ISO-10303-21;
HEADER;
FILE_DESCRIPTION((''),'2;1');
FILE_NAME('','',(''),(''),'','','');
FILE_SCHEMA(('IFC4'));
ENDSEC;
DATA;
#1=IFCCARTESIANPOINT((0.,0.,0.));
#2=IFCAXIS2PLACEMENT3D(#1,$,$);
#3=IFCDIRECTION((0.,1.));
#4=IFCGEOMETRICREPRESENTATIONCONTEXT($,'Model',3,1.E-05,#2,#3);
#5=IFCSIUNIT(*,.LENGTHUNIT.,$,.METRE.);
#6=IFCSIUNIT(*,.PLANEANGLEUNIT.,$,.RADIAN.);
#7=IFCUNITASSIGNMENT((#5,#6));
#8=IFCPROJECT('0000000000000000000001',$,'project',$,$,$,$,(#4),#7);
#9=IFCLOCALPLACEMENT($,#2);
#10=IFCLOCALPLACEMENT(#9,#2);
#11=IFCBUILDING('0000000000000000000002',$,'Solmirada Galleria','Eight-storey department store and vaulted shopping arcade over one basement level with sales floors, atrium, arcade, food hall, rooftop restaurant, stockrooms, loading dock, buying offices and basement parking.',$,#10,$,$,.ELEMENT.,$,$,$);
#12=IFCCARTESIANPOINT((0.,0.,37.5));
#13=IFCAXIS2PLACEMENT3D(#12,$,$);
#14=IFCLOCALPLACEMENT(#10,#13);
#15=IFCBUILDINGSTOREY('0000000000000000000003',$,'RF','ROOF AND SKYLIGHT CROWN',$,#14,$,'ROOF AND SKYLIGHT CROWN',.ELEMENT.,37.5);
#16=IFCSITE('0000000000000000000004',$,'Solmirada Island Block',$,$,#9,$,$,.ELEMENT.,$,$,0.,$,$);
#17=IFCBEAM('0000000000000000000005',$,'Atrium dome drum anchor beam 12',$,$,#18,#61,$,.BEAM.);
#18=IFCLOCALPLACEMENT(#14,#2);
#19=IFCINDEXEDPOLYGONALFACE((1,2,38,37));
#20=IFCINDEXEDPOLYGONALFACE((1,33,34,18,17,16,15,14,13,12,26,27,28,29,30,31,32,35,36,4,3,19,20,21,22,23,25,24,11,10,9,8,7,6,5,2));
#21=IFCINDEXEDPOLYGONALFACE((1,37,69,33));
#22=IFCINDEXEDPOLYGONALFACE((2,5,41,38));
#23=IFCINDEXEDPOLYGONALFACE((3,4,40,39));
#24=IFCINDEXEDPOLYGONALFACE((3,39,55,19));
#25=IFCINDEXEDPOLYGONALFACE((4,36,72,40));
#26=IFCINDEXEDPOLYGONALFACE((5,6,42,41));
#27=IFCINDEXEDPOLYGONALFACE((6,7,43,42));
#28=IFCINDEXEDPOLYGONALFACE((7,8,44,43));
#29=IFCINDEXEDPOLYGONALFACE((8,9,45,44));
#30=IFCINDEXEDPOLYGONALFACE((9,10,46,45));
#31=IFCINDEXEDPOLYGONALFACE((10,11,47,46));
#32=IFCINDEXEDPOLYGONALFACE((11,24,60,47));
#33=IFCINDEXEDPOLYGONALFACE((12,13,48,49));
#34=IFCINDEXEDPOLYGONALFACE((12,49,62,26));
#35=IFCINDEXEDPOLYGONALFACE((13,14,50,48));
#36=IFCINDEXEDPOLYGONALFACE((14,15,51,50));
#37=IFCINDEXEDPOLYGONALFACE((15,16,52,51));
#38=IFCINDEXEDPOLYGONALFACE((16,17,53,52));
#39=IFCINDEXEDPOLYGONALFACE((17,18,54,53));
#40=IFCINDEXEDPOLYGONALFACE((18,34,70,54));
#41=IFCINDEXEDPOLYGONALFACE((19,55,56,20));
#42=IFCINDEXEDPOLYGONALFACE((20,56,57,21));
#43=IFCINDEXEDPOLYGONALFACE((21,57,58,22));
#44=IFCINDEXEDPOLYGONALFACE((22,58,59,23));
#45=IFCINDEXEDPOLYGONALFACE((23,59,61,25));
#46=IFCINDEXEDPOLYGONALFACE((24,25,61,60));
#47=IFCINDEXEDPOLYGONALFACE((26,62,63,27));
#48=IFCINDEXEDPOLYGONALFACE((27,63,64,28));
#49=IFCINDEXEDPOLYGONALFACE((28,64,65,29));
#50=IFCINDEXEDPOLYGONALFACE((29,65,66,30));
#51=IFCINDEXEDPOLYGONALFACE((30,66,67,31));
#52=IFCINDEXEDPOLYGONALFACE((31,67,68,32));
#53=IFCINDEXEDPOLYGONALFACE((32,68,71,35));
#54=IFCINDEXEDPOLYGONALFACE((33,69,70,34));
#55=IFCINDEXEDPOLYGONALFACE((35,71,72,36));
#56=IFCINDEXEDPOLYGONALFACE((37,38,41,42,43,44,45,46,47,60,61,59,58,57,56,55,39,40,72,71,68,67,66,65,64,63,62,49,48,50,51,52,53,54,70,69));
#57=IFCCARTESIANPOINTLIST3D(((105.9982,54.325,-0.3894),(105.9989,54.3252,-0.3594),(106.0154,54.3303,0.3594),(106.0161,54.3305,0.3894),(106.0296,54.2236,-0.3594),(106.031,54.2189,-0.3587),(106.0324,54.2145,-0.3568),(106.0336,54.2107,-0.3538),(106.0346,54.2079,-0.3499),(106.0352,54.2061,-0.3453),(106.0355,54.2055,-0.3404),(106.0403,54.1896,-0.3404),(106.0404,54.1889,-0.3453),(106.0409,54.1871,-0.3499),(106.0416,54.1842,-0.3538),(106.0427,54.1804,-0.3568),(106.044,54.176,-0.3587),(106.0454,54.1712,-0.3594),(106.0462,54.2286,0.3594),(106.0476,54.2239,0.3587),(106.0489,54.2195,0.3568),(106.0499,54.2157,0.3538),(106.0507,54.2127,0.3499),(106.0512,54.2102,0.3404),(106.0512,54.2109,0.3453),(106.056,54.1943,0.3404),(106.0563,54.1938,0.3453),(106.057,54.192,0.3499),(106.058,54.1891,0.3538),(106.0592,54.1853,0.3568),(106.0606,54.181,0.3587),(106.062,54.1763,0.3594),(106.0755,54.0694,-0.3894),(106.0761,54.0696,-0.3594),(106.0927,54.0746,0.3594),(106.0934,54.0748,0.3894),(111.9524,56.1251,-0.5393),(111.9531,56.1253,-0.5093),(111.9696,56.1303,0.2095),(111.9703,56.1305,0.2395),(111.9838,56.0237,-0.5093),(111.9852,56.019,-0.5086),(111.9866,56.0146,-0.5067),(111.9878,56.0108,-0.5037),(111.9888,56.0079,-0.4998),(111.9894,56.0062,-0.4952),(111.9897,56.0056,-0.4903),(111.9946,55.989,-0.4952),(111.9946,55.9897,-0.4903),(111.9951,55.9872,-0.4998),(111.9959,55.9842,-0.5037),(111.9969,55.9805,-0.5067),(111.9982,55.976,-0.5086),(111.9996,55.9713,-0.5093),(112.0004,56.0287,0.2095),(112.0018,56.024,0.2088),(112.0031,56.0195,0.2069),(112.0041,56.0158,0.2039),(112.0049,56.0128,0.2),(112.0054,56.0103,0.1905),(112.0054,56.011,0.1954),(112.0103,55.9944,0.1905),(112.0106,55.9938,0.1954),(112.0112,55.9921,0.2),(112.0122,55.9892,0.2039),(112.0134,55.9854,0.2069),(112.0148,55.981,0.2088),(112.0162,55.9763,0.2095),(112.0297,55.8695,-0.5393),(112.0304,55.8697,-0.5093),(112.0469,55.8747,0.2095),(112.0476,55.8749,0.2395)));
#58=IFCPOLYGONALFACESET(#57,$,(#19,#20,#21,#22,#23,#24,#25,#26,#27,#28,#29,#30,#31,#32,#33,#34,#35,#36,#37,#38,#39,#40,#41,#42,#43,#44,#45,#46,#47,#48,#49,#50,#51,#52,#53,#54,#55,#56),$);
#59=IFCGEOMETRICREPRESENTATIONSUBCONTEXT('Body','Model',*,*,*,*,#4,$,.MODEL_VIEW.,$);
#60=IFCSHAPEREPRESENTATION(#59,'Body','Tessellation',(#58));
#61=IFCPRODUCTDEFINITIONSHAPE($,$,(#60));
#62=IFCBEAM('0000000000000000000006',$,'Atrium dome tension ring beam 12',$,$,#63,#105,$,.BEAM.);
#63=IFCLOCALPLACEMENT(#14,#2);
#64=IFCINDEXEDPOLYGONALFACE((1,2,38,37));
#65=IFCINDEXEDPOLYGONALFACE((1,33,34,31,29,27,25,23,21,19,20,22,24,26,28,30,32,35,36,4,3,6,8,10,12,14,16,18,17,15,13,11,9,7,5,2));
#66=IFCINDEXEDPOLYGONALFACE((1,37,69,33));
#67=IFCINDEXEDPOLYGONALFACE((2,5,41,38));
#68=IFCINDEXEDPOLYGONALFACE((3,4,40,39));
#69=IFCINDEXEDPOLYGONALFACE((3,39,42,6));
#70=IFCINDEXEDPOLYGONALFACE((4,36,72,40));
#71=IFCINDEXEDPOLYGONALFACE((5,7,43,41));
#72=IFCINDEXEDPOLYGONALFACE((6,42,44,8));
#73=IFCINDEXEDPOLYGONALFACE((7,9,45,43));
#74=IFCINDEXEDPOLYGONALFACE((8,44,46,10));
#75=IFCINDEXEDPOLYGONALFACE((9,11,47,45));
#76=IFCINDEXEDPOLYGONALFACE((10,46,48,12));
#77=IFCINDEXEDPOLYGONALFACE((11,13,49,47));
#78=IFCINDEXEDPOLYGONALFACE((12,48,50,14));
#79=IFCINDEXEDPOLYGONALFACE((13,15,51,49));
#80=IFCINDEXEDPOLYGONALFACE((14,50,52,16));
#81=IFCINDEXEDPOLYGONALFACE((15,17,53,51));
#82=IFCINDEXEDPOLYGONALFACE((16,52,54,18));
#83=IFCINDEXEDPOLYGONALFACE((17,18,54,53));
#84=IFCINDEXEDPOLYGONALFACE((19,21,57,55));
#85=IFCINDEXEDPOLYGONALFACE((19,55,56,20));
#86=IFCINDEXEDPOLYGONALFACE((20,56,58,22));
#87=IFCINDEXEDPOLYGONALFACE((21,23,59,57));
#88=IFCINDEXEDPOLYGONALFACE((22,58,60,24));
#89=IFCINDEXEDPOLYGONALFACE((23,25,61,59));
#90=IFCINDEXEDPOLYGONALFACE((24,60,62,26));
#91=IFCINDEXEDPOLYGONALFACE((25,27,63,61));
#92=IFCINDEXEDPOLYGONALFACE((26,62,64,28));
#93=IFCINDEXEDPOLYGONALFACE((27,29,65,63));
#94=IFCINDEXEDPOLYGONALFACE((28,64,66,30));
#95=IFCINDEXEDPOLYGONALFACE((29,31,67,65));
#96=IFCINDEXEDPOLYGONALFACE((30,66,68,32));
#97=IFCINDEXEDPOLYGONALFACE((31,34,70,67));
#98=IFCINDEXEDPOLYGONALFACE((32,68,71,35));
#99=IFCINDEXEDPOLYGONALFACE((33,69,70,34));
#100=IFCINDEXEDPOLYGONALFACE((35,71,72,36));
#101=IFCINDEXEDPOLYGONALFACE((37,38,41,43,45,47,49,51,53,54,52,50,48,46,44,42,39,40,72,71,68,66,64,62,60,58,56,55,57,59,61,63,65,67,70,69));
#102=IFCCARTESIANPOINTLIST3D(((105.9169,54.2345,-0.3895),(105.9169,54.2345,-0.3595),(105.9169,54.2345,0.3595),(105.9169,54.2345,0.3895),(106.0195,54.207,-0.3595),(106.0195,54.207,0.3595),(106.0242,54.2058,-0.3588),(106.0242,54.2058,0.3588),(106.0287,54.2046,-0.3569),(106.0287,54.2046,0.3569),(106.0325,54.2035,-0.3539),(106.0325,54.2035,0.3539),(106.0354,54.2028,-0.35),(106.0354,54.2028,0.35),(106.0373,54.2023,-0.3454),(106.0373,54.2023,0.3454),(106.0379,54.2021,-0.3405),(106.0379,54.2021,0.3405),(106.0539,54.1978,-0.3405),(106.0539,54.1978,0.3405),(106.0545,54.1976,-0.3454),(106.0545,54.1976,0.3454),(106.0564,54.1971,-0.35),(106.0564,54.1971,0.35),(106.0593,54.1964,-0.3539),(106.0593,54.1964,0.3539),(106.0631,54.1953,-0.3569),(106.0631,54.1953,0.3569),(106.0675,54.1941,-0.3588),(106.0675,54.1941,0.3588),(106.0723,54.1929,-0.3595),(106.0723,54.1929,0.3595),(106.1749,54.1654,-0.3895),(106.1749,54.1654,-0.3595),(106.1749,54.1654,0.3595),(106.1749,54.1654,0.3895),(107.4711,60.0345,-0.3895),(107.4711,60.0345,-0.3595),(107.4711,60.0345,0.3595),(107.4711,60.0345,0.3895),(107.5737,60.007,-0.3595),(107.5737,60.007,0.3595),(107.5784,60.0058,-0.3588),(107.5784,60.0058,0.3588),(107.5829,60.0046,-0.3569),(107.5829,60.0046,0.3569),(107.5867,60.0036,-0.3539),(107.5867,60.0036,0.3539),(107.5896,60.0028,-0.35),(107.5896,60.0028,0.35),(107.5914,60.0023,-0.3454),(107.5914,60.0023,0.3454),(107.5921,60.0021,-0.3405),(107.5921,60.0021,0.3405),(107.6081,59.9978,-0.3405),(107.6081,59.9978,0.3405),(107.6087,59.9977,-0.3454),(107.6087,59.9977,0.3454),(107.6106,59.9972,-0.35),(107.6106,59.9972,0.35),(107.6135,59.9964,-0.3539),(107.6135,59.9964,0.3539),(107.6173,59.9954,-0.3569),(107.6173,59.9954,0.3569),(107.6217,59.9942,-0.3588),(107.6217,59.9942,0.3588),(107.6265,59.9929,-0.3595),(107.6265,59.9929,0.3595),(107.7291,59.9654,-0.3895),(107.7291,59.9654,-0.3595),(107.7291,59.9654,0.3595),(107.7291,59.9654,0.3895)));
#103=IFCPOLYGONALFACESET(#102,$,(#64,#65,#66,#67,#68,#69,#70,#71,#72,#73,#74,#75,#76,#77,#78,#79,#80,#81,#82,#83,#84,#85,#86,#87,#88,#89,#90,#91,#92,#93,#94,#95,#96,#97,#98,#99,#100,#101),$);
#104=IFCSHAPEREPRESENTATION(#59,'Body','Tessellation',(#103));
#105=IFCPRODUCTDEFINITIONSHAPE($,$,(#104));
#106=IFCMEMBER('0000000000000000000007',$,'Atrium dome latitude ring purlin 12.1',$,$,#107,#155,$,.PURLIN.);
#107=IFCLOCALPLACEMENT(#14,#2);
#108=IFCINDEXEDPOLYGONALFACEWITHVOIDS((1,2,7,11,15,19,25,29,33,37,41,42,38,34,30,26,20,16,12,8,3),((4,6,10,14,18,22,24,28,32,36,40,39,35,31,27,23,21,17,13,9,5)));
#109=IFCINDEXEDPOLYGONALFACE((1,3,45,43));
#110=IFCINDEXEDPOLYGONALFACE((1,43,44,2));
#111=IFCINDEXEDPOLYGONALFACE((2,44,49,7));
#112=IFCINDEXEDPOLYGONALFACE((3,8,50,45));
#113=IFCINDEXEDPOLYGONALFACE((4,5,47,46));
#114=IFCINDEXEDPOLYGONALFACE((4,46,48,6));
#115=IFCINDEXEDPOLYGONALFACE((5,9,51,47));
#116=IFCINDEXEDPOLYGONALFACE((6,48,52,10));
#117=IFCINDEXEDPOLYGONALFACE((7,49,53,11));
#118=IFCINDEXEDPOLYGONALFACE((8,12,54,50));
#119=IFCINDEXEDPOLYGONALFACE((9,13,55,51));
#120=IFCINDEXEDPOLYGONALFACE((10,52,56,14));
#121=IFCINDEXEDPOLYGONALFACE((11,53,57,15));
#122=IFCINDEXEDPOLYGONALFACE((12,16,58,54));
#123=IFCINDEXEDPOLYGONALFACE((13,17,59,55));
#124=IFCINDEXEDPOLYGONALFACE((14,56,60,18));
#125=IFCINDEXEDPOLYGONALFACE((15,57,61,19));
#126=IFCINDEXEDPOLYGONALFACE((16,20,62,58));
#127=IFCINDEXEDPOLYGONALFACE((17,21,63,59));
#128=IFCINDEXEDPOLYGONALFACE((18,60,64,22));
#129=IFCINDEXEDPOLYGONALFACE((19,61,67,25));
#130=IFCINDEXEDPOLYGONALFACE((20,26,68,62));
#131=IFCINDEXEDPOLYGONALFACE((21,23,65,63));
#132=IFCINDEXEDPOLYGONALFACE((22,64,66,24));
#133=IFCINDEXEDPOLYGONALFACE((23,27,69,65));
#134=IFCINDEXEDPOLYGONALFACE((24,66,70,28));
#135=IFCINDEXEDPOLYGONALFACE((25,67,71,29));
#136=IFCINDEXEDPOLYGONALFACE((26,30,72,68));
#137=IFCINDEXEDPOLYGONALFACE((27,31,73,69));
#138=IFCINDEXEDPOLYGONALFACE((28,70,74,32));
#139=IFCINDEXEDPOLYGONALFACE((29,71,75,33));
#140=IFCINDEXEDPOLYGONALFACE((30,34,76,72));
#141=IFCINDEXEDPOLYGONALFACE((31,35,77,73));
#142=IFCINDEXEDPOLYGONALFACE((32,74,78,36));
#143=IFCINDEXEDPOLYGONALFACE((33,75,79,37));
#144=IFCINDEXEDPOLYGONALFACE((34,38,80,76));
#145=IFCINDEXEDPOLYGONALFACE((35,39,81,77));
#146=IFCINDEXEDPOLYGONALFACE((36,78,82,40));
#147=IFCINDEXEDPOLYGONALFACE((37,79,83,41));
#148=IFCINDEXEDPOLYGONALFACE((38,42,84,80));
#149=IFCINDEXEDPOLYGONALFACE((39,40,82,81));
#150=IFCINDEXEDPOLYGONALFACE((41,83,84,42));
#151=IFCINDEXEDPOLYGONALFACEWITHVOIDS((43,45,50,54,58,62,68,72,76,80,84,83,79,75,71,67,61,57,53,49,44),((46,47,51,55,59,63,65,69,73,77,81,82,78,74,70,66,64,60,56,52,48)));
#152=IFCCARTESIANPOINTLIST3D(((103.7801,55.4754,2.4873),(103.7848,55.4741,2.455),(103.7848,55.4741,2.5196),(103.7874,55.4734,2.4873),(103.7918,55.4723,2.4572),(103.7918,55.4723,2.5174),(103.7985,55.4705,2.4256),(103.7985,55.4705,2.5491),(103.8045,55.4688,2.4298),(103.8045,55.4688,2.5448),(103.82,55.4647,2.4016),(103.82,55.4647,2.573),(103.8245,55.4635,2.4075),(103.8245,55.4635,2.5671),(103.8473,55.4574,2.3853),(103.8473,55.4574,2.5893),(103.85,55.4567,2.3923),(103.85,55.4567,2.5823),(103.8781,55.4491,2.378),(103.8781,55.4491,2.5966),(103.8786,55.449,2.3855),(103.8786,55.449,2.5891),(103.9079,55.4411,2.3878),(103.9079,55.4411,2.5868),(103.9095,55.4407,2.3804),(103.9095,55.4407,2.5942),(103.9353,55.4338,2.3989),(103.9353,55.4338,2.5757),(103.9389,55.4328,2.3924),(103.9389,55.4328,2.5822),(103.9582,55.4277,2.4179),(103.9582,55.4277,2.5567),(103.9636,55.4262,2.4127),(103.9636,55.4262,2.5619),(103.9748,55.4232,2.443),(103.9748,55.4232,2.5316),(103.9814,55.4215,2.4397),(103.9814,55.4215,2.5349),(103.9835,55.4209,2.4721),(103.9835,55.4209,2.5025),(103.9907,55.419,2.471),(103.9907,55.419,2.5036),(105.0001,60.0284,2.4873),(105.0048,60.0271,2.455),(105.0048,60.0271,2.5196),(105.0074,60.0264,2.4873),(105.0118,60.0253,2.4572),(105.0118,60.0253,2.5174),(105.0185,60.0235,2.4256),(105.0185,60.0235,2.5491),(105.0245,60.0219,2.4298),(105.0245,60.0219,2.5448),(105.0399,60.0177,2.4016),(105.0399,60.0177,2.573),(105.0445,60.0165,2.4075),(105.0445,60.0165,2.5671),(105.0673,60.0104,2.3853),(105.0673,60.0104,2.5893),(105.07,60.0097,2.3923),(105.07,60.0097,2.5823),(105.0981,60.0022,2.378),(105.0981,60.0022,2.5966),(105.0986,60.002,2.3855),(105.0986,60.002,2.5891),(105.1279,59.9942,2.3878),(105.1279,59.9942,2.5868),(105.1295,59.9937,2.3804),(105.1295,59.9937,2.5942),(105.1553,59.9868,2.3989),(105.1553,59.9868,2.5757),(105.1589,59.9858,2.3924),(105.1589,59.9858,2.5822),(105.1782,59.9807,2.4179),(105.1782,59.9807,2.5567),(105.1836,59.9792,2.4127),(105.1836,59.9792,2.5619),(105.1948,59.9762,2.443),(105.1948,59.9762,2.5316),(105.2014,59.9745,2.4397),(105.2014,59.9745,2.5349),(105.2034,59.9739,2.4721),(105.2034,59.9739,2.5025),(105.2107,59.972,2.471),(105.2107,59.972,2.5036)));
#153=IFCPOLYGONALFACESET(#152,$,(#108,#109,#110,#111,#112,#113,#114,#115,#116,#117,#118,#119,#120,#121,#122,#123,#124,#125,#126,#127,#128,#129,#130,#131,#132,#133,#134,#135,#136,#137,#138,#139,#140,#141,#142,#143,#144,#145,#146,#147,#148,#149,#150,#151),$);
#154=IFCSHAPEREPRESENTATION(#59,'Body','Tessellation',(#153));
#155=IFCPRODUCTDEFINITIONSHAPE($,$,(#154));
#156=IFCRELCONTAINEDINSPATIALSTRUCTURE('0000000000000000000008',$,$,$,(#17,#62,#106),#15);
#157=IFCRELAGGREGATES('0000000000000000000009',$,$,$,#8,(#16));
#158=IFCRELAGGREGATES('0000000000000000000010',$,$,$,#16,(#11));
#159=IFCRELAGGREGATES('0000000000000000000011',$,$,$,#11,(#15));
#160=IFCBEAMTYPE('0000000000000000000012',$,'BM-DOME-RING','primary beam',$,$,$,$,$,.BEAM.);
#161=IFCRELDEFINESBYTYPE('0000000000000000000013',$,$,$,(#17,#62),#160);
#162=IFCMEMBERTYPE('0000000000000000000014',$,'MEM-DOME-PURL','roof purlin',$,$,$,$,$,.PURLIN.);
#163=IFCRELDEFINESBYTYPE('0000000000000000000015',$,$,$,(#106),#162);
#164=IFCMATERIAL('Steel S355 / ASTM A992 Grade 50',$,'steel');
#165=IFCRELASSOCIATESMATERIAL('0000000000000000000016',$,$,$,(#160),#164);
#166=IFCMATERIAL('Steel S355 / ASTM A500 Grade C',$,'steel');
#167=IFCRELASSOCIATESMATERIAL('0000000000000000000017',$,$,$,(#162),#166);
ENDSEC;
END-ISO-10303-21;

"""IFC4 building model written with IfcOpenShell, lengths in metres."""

from ifc_helpers import new_model, si_unit, direction, frame, origin, origin_2d, place, context, subcontext, project, spatial, hollow_circle, i_section, extrude, material, material_profile, profile_set, type_object, element, save


model = new_model("IFC4")

# Units and contexts
model_context = context("Model", 3, precision=1e-05, world=origin(), true_north=direction((0.0, 1.0)))
body_context = subcontext(model_context, "Body", "Model", "MODEL_VIEW")
ifc_project = project(units=[si_unit("LENGTHUNIT", "METRE"), si_unit("PLANEANGLEUNIT", "RADIAN")], contexts=[model_context])

# Site, building, storey
site_placement = place(None, origin())
site = spatial("IfcSite", under=ifc_project, at=site_placement, Name="Solmirada Island Block", CompositionType="ELEMENT", RefElevation=0.0)
building_placement = place(site_placement, origin())
building = spatial("IfcBuilding", under=site, at=building_placement, Name="Solmirada Galleria", Description="Eight-storey department store and vaulted shopping arcade over one basement level with sales floors, atrium, arcade, food hall, rooftop restaurant, stockrooms, loading dock, buying offices and basement parking.", CompositionType="ELEMENT")
storey_placement = place(building_placement, frame((0.0, 0.0, 37.5)))
storey = spatial("IfcBuildingStorey", under=building, at=storey_placement, Name="RF", Description="ROOF AND SKYLIGHT CROWN", LongName="ROOF AND SKYLIGHT CROWN", CompositionType="ELEMENT", Elevation=37.5)

# Beams
ifc_material_1 = material(Name="Steel S355 / ASTM A992 Grade 50", Category="steel")
ifc_material_profile_1 = material_profile(ifc_material_1, i_section(OverallWidth=0.2671, OverallDepth=0.7791, WebThickness=0.0166, FlangeThickness=0.03, FilletRadius=0.019, at=origin_2d()), Name="W30X148")
ifc_profile_set_1 = profile_set([ifc_material_profile_1], Name="Steel S355 / ASTM A992 Grade 50")
beam_type = type_object("IfcBeamType", Name="BM-DOME-RING", Description="primary beam", PredefinedType="BEAM", material=ifc_profile_set_1)
beam_1_placement = place(storey_placement, frame((112.0, 56.0, -0.1499), z_axis=(-0.956935, -0.289301, 0.024092), x_axis=(0.289385, -0.957213, 0.0)))
element("IfcBeam", 1, at=beam_1_placement, inside=storey, type_object=beam_type, Name="Atrium dome drum anchor beam 12", PredefinedType="BEAM", context=body_context, shape_type="SweptSolid", body=[
    extrude(i_section(OverallWidth=0.2671, OverallDepth=0.7791, WebThickness=0.0166, FlangeThickness=0.03, FilletRadius=0.019, at=origin_2d()), origin(), (0.0, 0.0, 1.0), 6.2222),
])
beam_2_placement = place(storey_placement, frame((106.0459, 54.2, 0.0), z_axis=(0.258832, 0.965922, 0.0), x_axis=(-0.965922, 0.258832, 0.0)))
element("IfcBeam", 2, at=beam_2_placement, inside=storey, type_object=beam_type, Name="Atrium dome tension ring beam 12", PredefinedType="BEAM", context=body_context, shape_type="SweptSolid", body=[
    extrude(i_section(OverallWidth=0.2671, OverallDepth=0.7791, WebThickness=0.0166, FlangeThickness=0.03, FilletRadius=0.019, at=origin_2d()), origin(), (0.0, 0.0, 1.0), 6.0046),
])

# Member
ifc_material_2 = material(Name="Steel S355 / ASTM A500 Grade C", Category="steel")
ifc_material_profile_2 = material_profile(ifc_material_2, hollow_circle(Radius=0.1096, WallThickness=0.0076, at=origin_2d()), Name="HSS8.625X0.322")
ifc_profile_set_2 = profile_set([ifc_material_profile_2], Name="Steel S355 / ASTM A500 Grade C")
member_type_1 = type_object("IfcMemberType", Name="MEM-DOME-PURL", Description="roof purlin", PredefinedType="PURLIN", material=ifc_profile_set_2)
member_1_placement = place(storey_placement, frame((103.886, 55.447, 2.4873), z_axis=(0.25882, 0.965926, 0.0), x_axis=(-0.965926, 0.25882, 0.0)))
element("IfcMember", 3, at=member_1_placement, inside=storey, type_object=member_type_1, Name="Atrium dome latitude ring purlin 12.1", PredefinedType="PURLIN", context=body_context, shape_type="SweptSolid", body=[
    extrude(hollow_circle(Radius=0.1096, WallThickness=0.0076, at=origin_2d()), origin(), (0.0, 0.0, 1.0), 4.7136),
])

save(model, "model.ifc")
